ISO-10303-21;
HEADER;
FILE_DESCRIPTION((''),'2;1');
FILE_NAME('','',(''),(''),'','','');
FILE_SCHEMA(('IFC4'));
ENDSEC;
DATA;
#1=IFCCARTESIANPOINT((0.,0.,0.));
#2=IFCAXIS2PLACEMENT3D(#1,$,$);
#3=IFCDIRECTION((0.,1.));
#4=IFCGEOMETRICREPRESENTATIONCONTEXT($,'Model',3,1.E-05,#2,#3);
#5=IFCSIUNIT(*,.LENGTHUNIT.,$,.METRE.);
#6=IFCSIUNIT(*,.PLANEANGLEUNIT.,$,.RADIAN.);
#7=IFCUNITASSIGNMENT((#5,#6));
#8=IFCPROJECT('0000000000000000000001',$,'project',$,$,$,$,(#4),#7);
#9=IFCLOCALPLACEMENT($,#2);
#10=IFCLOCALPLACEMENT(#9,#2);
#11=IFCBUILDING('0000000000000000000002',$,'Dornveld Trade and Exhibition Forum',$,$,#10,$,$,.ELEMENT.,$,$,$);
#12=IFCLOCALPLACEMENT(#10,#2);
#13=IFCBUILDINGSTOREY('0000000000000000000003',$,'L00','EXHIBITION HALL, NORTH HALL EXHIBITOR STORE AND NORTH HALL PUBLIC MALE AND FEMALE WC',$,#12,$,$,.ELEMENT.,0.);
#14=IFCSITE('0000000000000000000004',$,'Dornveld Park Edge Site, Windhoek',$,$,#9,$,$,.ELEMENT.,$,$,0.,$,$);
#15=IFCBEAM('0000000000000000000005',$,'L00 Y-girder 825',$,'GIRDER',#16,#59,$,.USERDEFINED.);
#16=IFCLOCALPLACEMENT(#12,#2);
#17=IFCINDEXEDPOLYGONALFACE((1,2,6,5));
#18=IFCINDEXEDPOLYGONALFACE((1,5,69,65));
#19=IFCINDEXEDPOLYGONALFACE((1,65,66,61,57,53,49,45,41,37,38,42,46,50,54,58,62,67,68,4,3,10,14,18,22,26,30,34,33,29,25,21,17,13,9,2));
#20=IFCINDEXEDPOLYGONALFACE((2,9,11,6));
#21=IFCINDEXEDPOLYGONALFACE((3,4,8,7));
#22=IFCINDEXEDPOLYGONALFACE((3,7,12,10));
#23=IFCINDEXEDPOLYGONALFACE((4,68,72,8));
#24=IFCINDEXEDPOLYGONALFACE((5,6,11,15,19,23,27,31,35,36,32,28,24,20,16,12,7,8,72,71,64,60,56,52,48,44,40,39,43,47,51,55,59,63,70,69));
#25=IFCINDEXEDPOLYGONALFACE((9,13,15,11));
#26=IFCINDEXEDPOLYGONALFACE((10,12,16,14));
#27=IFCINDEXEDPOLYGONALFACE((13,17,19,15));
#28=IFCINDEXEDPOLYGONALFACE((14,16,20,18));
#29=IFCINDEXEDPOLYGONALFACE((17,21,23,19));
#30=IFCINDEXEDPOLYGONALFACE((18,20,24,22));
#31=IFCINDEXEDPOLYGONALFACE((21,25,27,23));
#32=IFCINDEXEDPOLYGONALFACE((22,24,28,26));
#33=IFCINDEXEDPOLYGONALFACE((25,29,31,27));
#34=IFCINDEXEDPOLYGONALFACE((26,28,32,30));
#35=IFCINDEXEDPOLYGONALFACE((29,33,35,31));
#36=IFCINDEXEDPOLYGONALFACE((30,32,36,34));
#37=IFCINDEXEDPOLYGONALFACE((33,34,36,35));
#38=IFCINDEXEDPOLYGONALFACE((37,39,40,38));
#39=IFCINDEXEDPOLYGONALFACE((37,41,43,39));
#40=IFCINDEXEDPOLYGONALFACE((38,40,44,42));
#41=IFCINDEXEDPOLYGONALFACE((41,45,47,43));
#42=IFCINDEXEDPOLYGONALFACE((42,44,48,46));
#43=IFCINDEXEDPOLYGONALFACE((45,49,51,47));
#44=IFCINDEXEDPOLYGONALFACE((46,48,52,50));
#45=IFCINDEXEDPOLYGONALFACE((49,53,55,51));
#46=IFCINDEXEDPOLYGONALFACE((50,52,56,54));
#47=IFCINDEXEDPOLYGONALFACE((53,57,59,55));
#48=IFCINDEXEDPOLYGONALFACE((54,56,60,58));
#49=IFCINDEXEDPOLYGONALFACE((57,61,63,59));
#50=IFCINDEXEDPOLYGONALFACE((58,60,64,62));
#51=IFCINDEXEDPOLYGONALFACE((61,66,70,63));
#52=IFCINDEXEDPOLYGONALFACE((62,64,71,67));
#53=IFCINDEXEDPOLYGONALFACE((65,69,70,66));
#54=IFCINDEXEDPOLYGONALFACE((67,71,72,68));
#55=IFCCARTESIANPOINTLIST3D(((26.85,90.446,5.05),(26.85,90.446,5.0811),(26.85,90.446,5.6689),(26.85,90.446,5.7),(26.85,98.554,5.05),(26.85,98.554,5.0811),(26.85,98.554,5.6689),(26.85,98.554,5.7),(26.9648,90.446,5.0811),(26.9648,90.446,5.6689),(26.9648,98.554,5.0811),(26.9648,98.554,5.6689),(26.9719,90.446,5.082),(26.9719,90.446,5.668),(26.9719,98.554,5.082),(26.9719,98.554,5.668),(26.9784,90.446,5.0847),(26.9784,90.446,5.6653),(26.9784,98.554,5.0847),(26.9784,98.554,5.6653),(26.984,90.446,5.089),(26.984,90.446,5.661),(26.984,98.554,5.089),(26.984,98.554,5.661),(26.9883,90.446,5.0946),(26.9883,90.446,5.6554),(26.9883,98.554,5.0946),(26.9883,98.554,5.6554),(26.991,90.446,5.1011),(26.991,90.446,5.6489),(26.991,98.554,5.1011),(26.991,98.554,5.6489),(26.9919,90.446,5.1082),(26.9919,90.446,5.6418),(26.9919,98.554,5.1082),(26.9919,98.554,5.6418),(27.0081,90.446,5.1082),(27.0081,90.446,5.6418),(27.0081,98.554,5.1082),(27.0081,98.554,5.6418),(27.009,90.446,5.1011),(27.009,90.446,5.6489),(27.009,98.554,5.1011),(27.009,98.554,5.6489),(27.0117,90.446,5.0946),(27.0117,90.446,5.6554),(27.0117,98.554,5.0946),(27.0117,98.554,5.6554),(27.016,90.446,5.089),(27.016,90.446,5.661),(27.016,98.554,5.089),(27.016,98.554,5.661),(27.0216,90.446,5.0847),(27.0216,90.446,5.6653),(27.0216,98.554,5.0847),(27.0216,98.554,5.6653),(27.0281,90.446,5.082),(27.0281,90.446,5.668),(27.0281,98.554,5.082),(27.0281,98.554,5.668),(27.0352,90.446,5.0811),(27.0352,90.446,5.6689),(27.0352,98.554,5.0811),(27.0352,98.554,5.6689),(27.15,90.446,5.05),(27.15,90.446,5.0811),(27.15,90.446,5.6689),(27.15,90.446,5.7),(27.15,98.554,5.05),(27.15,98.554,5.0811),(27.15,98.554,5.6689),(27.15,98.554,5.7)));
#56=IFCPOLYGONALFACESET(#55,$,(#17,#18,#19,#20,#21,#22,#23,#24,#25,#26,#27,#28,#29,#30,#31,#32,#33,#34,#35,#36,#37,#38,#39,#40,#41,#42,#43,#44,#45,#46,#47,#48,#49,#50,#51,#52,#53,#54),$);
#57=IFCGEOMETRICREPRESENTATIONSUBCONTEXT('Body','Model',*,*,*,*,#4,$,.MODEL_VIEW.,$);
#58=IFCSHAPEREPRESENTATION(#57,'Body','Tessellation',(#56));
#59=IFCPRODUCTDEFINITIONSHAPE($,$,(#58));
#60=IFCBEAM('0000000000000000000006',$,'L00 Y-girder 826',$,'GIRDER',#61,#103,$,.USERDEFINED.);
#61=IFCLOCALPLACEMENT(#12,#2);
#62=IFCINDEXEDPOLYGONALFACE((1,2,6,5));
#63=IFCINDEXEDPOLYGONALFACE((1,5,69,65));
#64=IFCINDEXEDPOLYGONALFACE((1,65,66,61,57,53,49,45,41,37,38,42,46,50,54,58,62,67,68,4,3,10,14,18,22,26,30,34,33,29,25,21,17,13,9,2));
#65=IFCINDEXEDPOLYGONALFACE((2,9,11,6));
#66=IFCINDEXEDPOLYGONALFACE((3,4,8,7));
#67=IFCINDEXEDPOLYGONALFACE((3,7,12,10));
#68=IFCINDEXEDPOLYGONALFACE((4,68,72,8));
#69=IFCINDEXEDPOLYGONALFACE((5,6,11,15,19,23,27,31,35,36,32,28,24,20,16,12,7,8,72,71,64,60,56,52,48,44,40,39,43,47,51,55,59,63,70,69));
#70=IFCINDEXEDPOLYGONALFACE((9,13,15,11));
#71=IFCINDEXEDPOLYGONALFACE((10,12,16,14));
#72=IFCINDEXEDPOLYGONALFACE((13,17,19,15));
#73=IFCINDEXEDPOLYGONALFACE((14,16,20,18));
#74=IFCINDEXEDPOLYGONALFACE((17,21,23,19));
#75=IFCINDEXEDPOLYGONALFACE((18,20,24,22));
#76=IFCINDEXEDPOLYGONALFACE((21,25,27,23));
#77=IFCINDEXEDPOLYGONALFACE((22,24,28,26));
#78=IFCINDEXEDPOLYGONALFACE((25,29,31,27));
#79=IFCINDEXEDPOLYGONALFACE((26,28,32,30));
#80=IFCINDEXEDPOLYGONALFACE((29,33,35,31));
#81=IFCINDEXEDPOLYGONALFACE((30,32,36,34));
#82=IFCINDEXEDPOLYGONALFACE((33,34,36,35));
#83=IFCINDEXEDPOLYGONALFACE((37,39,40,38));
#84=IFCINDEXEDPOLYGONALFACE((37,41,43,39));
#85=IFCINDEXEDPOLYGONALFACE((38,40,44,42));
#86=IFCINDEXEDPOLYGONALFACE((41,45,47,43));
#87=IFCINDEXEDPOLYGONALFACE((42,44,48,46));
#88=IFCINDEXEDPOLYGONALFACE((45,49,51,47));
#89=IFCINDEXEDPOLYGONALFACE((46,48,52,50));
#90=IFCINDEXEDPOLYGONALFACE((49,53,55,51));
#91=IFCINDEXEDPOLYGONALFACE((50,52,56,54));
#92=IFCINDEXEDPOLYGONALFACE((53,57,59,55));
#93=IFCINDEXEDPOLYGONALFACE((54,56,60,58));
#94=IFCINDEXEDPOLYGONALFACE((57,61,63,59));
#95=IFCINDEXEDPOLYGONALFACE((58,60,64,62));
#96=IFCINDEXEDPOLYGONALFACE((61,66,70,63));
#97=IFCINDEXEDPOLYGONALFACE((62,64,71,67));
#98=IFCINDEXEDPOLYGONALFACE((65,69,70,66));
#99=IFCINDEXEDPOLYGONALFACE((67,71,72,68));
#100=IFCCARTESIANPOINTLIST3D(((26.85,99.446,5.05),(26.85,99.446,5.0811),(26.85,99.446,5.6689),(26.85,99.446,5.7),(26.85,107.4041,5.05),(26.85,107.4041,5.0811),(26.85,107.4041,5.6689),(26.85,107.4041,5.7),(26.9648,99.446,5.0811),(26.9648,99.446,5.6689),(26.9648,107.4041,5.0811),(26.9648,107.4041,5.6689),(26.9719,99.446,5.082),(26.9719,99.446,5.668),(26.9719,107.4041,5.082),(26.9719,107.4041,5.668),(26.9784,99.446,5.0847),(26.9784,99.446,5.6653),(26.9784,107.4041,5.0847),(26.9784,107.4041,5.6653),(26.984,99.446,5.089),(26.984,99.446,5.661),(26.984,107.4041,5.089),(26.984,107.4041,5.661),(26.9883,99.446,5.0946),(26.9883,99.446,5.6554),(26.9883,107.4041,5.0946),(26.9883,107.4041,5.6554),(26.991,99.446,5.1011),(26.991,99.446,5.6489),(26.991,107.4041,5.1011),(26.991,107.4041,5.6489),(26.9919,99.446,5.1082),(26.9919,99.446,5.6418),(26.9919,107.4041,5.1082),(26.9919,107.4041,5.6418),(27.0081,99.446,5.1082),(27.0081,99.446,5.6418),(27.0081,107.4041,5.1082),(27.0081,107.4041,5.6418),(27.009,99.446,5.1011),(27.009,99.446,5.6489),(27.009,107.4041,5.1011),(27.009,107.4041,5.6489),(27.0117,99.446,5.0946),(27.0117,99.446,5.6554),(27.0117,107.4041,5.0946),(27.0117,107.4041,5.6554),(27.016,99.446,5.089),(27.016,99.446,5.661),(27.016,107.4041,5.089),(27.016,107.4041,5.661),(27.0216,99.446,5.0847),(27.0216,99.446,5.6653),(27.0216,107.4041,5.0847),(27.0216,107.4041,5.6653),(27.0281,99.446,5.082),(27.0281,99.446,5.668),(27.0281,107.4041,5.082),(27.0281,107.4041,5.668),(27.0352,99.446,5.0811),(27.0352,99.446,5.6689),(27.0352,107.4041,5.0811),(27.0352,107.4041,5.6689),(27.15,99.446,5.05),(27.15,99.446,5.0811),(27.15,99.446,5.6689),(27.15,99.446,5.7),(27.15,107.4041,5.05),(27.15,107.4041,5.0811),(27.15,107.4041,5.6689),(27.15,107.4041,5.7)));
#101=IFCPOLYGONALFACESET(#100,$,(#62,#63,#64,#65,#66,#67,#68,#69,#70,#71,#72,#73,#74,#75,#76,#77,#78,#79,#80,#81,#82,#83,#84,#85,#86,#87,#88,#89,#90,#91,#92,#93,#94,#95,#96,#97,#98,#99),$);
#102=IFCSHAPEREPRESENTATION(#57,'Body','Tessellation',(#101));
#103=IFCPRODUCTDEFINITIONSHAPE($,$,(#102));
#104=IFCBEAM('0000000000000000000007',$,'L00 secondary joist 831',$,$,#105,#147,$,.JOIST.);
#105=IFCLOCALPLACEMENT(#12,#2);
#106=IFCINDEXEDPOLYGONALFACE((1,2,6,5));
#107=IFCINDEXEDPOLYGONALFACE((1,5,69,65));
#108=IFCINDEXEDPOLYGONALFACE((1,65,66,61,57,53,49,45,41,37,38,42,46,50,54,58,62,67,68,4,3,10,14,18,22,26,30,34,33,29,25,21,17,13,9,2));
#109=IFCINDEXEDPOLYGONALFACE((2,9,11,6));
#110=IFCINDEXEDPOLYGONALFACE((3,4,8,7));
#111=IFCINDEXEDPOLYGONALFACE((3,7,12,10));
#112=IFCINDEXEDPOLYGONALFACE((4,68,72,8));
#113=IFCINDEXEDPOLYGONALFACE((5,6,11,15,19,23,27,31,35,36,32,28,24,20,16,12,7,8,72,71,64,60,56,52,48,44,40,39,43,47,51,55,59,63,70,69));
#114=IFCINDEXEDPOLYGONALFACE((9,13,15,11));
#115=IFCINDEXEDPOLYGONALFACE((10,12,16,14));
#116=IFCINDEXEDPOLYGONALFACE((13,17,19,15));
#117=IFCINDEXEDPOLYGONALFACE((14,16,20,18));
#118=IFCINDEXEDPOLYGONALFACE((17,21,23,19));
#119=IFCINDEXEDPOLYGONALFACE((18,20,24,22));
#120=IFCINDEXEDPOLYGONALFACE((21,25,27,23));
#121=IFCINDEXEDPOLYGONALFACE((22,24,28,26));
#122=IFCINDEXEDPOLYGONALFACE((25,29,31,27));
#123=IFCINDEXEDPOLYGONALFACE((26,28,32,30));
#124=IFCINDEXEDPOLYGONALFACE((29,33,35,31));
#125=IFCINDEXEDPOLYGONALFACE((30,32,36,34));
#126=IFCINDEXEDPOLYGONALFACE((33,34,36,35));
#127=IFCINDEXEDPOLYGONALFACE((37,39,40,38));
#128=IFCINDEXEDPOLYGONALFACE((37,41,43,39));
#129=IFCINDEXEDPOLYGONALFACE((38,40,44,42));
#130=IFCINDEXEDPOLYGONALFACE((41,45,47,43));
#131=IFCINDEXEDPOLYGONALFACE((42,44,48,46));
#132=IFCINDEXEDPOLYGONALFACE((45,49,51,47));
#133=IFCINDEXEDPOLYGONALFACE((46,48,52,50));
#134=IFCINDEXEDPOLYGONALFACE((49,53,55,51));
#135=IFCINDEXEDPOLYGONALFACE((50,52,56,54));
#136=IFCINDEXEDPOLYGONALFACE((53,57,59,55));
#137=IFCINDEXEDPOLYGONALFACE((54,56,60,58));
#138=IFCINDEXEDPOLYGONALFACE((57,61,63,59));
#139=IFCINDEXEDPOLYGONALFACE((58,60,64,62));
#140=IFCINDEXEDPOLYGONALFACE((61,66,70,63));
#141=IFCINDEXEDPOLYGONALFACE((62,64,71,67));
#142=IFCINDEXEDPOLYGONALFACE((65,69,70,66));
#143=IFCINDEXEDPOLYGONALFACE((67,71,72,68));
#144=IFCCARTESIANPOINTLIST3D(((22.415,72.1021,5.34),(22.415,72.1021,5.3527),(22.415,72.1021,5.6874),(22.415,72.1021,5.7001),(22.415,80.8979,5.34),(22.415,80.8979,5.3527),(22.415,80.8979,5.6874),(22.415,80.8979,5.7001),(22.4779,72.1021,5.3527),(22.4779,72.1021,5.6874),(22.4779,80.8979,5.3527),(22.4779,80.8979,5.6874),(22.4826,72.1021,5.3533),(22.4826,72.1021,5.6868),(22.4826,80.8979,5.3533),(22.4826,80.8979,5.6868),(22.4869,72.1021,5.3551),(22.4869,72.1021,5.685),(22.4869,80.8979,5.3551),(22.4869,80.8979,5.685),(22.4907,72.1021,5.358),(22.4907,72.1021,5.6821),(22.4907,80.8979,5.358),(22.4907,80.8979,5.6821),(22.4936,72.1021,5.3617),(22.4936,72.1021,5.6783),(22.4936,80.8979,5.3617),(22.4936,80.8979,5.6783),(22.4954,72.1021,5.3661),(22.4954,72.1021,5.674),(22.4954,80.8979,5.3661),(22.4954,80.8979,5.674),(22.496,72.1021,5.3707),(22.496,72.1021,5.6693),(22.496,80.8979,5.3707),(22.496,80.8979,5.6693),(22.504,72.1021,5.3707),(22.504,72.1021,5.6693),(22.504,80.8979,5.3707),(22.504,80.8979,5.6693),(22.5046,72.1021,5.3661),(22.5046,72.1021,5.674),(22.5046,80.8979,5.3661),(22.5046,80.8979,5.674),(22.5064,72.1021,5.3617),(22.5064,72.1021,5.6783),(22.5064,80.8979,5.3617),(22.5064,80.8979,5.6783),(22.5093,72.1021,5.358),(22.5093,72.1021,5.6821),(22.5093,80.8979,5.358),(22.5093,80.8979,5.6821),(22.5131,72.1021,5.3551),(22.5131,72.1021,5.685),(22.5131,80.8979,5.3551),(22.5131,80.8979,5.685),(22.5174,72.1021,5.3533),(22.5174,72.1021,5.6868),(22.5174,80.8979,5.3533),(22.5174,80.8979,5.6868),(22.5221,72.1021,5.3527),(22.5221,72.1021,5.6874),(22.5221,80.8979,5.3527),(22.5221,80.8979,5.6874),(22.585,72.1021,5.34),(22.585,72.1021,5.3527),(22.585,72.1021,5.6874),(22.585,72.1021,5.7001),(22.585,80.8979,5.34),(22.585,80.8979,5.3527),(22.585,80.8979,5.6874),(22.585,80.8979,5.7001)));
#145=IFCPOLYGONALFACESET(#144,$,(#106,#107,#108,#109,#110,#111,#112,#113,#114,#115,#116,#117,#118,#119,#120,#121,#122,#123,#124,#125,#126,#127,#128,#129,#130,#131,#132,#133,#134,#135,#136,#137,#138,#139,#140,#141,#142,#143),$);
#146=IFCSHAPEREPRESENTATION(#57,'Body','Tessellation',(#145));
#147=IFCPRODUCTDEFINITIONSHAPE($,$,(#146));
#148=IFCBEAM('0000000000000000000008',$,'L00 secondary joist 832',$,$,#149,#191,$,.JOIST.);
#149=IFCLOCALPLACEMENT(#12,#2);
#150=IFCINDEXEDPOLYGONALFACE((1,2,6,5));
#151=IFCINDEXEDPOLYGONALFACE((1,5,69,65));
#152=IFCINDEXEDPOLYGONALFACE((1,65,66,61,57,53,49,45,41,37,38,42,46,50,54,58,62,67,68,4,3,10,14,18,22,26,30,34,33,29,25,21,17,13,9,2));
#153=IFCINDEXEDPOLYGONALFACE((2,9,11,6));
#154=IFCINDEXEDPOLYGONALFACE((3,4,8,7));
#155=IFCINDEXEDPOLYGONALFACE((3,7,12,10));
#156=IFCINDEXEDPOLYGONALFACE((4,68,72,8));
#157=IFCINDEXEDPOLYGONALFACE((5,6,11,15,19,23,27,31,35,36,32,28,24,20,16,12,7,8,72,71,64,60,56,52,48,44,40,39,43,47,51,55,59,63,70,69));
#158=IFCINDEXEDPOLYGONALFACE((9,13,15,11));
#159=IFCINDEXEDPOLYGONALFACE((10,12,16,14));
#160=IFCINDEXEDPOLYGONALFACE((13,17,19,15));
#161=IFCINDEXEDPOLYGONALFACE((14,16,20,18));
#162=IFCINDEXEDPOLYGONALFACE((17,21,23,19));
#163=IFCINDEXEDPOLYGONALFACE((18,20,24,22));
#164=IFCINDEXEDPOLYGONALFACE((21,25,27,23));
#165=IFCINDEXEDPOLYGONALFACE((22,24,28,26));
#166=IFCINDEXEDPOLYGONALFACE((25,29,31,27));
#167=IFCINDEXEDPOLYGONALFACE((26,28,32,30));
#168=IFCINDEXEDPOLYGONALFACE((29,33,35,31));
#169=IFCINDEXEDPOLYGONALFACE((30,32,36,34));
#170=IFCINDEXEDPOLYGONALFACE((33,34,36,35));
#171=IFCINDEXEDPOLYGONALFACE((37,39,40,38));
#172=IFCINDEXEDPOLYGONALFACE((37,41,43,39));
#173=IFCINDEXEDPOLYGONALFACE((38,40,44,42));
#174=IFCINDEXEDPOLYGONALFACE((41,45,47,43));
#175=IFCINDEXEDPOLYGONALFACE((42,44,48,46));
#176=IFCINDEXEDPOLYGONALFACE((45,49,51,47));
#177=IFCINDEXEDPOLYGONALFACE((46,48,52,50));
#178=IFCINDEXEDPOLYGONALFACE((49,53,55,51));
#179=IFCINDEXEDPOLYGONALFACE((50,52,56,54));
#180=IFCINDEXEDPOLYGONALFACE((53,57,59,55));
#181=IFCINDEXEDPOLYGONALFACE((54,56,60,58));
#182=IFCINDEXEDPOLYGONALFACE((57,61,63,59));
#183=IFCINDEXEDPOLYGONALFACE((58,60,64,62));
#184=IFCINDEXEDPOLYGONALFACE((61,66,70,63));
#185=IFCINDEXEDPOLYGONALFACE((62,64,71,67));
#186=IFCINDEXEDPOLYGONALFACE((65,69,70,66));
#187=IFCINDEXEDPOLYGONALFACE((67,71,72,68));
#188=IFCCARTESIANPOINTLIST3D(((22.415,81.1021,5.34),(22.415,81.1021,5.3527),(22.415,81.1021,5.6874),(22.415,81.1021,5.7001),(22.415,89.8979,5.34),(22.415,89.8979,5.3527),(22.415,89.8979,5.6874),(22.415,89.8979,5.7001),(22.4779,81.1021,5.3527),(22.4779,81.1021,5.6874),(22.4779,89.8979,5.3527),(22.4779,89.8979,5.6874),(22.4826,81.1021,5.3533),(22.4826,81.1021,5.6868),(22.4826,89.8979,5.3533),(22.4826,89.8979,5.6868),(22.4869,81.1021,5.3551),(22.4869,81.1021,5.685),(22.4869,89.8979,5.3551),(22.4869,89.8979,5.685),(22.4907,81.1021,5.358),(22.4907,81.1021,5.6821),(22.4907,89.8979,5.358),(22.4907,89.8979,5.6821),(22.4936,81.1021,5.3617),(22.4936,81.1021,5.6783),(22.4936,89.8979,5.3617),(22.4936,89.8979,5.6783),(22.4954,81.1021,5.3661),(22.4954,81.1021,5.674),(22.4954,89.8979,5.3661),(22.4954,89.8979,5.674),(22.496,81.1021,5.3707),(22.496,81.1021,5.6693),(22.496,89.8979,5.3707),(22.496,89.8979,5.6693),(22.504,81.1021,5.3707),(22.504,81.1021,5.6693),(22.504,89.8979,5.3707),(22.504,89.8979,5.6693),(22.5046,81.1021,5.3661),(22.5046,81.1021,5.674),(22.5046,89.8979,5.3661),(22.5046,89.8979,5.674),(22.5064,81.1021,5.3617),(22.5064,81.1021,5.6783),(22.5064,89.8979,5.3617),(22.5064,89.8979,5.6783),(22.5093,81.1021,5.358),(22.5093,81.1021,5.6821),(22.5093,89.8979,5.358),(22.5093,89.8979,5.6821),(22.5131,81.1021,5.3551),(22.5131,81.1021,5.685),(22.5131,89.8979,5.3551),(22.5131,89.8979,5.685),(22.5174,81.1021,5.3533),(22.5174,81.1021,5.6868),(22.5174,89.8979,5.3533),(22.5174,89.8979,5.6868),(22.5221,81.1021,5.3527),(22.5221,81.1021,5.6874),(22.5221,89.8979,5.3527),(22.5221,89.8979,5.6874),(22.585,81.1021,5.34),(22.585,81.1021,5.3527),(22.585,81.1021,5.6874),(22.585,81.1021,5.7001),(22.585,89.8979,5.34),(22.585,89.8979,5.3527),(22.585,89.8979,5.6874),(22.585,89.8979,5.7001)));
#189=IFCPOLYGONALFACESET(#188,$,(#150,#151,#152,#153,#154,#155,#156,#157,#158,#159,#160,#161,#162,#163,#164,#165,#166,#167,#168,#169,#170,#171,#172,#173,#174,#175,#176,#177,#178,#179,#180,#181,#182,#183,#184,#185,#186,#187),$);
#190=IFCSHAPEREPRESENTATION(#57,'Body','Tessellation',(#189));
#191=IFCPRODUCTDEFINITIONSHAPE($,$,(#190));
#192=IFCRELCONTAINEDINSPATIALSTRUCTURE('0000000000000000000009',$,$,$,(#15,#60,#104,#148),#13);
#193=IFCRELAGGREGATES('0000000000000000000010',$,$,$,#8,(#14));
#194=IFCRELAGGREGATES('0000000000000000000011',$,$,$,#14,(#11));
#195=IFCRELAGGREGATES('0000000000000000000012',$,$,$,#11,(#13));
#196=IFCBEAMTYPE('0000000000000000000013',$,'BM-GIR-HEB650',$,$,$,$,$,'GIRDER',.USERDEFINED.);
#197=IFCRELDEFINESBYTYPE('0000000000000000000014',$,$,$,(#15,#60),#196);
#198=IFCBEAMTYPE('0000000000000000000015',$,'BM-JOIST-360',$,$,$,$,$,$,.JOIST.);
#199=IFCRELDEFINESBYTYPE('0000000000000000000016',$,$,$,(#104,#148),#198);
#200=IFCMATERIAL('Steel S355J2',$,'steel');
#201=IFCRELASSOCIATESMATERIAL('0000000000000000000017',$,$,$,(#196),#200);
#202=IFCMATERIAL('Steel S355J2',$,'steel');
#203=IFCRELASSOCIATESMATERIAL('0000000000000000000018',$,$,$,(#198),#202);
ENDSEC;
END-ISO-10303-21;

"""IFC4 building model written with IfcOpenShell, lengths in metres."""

from ifc_helpers import new_model, si_unit, direction, frame, origin, origin_2d, place, context, subcontext, project, spatial, i_section, extrude, material, material_profile, profile_set, type_object, element, save


model = new_model("IFC4")

# Units and contexts
model_context = context("Model", 3, precision=1e-05, world=origin(), true_north=direction((0.0, 1.0)))
body_context = subcontext(model_context, "Body", "Model", "MODEL_VIEW")
ifc_project = project(units=[si_unit("LENGTHUNIT", "METRE"), si_unit("PLANEANGLEUNIT", "RADIAN")], contexts=[model_context])

# Site, building, storey
site_placement = place(None, origin())
site = spatial("IfcSite", under=ifc_project, at=site_placement, Name="Dornveld Park Edge Site, Windhoek", CompositionType="ELEMENT", RefElevation=0.0)
building_placement = place(site_placement, origin())
building = spatial("IfcBuilding", under=site, at=building_placement, Name="Dornveld Trade and Exhibition Forum", CompositionType="ELEMENT")
storey_placement = place(building_placement, origin())
storey = spatial("IfcBuildingStorey", under=building, at=storey_placement, Name="L00", Description="EXHIBITION HALL, NORTH HALL EXHIBITOR STORE AND NORTH HALL PUBLIC MALE AND FEMALE WC", CompositionType="ELEMENT", Elevation=0.0)

# Beams
ifc_material_1 = material(Name="Steel S355J2", Category="steel")
ifc_material_profile_1 = material_profile(ifc_material_1, i_section(OverallWidth=0.3, OverallDepth=0.6499, WebThickness=0.0161, FlangeThickness=0.031, FilletRadius=0.0271, at=origin_2d()), Name="HEB 650")
ifc_profile_set_1 = profile_set([ifc_material_profile_1], Name="Steel S355J2")
beam_type_1 = type_object("IfcBeamType", Name="BM-GIR-HEB650", ElementType="GIRDER", PredefinedType="USERDEFINED", material=ifc_profile_set_1)
for number, where, z_axis, x_axis, name in (
    (1, (27.0, 90.446, 5.375), (0.0, 1.0, 0.0), (-1.0, 0.0, 0.0), "L00 Y-girder 825"),
):
    element("IfcBeam", number, at=place(storey_placement, frame(where, z_axis=z_axis, x_axis=x_axis)), inside=storey, type_object=beam_type_1, Name=name, ObjectType="GIRDER", PredefinedType="USERDEFINED", context=body_context, shape_type="SweptSolid", body=[
        extrude(i_section(OverallWidth=0.3, OverallDepth=0.6499, WebThickness=0.0161, FlangeThickness=0.031, FilletRadius=0.0271, at=origin_2d()), origin(), (0.0, 0.0, 1.0), 8.1079),
    ])
beam_1_placement = place(storey_placement, frame((27.0, 99.446, 5.375), z_axis=(0.0, 1.0, 0.0), x_axis=(-1.0, 0.0, 0.0)))
element("IfcBeam", 2, at=beam_1_placement, inside=storey, type_object=beam_type_1, Name="L00 Y-girder 826", ObjectType="GIRDER", PredefinedType="USERDEFINED", context=body_context, shape_type="SweptSolid", body=[
    extrude(i_section(OverallWidth=0.3, OverallDepth=0.6499, WebThickness=0.0161, FlangeThickness=0.031, FilletRadius=0.0271, at=origin_2d()), origin(), (0.0, 0.0, 1.0), 7.958),
])
ifc_material_2 = material(Name="Steel S355J2", Category="steel")
ifc_material_profile_2 = material_profile(ifc_material_2, i_section(OverallWidth=0.1699, OverallDepth=0.3601, WebThickness=0.0081, FlangeThickness=0.0127, FilletRadius=0.0181, at=origin_2d()), Name="IPE 360")
ifc_profile_set_2 = profile_set([ifc_material_profile_2], Name="Steel S355J2")
beam_type_2 = type_object("IfcBeamType", Name="BM-JOIST-360", PredefinedType="JOIST", material=ifc_profile_set_2)
for number, where, z_axis, x_axis, name in (
    (3, (22.5, 72.1021, 5.52), (0.0, 1.0, 0.0), (-1.0, 0.0, 0.0), "L00 secondary joist 831"),
    (4, (22.5, 81.1021, 5.52), (0.0, 1.0, 0.0), (-1.0, 0.0, 0.0), "L00 secondary joist 832"),
):
    element("IfcBeam", number, at=place(storey_placement, frame(where, z_axis=z_axis, x_axis=x_axis)), inside=storey, type_object=beam_type_2, Name=name, PredefinedType="JOIST", context=body_context, shape_type="SweptSolid", body=[
        extrude(i_section(OverallWidth=0.1699, OverallDepth=0.3601, WebThickness=0.0081, FlangeThickness=0.0127, FilletRadius=0.0181, at=origin_2d()), origin(), (0.0, 0.0, 1.0), 8.7959),
    ])

save(model, "model.ifc")
